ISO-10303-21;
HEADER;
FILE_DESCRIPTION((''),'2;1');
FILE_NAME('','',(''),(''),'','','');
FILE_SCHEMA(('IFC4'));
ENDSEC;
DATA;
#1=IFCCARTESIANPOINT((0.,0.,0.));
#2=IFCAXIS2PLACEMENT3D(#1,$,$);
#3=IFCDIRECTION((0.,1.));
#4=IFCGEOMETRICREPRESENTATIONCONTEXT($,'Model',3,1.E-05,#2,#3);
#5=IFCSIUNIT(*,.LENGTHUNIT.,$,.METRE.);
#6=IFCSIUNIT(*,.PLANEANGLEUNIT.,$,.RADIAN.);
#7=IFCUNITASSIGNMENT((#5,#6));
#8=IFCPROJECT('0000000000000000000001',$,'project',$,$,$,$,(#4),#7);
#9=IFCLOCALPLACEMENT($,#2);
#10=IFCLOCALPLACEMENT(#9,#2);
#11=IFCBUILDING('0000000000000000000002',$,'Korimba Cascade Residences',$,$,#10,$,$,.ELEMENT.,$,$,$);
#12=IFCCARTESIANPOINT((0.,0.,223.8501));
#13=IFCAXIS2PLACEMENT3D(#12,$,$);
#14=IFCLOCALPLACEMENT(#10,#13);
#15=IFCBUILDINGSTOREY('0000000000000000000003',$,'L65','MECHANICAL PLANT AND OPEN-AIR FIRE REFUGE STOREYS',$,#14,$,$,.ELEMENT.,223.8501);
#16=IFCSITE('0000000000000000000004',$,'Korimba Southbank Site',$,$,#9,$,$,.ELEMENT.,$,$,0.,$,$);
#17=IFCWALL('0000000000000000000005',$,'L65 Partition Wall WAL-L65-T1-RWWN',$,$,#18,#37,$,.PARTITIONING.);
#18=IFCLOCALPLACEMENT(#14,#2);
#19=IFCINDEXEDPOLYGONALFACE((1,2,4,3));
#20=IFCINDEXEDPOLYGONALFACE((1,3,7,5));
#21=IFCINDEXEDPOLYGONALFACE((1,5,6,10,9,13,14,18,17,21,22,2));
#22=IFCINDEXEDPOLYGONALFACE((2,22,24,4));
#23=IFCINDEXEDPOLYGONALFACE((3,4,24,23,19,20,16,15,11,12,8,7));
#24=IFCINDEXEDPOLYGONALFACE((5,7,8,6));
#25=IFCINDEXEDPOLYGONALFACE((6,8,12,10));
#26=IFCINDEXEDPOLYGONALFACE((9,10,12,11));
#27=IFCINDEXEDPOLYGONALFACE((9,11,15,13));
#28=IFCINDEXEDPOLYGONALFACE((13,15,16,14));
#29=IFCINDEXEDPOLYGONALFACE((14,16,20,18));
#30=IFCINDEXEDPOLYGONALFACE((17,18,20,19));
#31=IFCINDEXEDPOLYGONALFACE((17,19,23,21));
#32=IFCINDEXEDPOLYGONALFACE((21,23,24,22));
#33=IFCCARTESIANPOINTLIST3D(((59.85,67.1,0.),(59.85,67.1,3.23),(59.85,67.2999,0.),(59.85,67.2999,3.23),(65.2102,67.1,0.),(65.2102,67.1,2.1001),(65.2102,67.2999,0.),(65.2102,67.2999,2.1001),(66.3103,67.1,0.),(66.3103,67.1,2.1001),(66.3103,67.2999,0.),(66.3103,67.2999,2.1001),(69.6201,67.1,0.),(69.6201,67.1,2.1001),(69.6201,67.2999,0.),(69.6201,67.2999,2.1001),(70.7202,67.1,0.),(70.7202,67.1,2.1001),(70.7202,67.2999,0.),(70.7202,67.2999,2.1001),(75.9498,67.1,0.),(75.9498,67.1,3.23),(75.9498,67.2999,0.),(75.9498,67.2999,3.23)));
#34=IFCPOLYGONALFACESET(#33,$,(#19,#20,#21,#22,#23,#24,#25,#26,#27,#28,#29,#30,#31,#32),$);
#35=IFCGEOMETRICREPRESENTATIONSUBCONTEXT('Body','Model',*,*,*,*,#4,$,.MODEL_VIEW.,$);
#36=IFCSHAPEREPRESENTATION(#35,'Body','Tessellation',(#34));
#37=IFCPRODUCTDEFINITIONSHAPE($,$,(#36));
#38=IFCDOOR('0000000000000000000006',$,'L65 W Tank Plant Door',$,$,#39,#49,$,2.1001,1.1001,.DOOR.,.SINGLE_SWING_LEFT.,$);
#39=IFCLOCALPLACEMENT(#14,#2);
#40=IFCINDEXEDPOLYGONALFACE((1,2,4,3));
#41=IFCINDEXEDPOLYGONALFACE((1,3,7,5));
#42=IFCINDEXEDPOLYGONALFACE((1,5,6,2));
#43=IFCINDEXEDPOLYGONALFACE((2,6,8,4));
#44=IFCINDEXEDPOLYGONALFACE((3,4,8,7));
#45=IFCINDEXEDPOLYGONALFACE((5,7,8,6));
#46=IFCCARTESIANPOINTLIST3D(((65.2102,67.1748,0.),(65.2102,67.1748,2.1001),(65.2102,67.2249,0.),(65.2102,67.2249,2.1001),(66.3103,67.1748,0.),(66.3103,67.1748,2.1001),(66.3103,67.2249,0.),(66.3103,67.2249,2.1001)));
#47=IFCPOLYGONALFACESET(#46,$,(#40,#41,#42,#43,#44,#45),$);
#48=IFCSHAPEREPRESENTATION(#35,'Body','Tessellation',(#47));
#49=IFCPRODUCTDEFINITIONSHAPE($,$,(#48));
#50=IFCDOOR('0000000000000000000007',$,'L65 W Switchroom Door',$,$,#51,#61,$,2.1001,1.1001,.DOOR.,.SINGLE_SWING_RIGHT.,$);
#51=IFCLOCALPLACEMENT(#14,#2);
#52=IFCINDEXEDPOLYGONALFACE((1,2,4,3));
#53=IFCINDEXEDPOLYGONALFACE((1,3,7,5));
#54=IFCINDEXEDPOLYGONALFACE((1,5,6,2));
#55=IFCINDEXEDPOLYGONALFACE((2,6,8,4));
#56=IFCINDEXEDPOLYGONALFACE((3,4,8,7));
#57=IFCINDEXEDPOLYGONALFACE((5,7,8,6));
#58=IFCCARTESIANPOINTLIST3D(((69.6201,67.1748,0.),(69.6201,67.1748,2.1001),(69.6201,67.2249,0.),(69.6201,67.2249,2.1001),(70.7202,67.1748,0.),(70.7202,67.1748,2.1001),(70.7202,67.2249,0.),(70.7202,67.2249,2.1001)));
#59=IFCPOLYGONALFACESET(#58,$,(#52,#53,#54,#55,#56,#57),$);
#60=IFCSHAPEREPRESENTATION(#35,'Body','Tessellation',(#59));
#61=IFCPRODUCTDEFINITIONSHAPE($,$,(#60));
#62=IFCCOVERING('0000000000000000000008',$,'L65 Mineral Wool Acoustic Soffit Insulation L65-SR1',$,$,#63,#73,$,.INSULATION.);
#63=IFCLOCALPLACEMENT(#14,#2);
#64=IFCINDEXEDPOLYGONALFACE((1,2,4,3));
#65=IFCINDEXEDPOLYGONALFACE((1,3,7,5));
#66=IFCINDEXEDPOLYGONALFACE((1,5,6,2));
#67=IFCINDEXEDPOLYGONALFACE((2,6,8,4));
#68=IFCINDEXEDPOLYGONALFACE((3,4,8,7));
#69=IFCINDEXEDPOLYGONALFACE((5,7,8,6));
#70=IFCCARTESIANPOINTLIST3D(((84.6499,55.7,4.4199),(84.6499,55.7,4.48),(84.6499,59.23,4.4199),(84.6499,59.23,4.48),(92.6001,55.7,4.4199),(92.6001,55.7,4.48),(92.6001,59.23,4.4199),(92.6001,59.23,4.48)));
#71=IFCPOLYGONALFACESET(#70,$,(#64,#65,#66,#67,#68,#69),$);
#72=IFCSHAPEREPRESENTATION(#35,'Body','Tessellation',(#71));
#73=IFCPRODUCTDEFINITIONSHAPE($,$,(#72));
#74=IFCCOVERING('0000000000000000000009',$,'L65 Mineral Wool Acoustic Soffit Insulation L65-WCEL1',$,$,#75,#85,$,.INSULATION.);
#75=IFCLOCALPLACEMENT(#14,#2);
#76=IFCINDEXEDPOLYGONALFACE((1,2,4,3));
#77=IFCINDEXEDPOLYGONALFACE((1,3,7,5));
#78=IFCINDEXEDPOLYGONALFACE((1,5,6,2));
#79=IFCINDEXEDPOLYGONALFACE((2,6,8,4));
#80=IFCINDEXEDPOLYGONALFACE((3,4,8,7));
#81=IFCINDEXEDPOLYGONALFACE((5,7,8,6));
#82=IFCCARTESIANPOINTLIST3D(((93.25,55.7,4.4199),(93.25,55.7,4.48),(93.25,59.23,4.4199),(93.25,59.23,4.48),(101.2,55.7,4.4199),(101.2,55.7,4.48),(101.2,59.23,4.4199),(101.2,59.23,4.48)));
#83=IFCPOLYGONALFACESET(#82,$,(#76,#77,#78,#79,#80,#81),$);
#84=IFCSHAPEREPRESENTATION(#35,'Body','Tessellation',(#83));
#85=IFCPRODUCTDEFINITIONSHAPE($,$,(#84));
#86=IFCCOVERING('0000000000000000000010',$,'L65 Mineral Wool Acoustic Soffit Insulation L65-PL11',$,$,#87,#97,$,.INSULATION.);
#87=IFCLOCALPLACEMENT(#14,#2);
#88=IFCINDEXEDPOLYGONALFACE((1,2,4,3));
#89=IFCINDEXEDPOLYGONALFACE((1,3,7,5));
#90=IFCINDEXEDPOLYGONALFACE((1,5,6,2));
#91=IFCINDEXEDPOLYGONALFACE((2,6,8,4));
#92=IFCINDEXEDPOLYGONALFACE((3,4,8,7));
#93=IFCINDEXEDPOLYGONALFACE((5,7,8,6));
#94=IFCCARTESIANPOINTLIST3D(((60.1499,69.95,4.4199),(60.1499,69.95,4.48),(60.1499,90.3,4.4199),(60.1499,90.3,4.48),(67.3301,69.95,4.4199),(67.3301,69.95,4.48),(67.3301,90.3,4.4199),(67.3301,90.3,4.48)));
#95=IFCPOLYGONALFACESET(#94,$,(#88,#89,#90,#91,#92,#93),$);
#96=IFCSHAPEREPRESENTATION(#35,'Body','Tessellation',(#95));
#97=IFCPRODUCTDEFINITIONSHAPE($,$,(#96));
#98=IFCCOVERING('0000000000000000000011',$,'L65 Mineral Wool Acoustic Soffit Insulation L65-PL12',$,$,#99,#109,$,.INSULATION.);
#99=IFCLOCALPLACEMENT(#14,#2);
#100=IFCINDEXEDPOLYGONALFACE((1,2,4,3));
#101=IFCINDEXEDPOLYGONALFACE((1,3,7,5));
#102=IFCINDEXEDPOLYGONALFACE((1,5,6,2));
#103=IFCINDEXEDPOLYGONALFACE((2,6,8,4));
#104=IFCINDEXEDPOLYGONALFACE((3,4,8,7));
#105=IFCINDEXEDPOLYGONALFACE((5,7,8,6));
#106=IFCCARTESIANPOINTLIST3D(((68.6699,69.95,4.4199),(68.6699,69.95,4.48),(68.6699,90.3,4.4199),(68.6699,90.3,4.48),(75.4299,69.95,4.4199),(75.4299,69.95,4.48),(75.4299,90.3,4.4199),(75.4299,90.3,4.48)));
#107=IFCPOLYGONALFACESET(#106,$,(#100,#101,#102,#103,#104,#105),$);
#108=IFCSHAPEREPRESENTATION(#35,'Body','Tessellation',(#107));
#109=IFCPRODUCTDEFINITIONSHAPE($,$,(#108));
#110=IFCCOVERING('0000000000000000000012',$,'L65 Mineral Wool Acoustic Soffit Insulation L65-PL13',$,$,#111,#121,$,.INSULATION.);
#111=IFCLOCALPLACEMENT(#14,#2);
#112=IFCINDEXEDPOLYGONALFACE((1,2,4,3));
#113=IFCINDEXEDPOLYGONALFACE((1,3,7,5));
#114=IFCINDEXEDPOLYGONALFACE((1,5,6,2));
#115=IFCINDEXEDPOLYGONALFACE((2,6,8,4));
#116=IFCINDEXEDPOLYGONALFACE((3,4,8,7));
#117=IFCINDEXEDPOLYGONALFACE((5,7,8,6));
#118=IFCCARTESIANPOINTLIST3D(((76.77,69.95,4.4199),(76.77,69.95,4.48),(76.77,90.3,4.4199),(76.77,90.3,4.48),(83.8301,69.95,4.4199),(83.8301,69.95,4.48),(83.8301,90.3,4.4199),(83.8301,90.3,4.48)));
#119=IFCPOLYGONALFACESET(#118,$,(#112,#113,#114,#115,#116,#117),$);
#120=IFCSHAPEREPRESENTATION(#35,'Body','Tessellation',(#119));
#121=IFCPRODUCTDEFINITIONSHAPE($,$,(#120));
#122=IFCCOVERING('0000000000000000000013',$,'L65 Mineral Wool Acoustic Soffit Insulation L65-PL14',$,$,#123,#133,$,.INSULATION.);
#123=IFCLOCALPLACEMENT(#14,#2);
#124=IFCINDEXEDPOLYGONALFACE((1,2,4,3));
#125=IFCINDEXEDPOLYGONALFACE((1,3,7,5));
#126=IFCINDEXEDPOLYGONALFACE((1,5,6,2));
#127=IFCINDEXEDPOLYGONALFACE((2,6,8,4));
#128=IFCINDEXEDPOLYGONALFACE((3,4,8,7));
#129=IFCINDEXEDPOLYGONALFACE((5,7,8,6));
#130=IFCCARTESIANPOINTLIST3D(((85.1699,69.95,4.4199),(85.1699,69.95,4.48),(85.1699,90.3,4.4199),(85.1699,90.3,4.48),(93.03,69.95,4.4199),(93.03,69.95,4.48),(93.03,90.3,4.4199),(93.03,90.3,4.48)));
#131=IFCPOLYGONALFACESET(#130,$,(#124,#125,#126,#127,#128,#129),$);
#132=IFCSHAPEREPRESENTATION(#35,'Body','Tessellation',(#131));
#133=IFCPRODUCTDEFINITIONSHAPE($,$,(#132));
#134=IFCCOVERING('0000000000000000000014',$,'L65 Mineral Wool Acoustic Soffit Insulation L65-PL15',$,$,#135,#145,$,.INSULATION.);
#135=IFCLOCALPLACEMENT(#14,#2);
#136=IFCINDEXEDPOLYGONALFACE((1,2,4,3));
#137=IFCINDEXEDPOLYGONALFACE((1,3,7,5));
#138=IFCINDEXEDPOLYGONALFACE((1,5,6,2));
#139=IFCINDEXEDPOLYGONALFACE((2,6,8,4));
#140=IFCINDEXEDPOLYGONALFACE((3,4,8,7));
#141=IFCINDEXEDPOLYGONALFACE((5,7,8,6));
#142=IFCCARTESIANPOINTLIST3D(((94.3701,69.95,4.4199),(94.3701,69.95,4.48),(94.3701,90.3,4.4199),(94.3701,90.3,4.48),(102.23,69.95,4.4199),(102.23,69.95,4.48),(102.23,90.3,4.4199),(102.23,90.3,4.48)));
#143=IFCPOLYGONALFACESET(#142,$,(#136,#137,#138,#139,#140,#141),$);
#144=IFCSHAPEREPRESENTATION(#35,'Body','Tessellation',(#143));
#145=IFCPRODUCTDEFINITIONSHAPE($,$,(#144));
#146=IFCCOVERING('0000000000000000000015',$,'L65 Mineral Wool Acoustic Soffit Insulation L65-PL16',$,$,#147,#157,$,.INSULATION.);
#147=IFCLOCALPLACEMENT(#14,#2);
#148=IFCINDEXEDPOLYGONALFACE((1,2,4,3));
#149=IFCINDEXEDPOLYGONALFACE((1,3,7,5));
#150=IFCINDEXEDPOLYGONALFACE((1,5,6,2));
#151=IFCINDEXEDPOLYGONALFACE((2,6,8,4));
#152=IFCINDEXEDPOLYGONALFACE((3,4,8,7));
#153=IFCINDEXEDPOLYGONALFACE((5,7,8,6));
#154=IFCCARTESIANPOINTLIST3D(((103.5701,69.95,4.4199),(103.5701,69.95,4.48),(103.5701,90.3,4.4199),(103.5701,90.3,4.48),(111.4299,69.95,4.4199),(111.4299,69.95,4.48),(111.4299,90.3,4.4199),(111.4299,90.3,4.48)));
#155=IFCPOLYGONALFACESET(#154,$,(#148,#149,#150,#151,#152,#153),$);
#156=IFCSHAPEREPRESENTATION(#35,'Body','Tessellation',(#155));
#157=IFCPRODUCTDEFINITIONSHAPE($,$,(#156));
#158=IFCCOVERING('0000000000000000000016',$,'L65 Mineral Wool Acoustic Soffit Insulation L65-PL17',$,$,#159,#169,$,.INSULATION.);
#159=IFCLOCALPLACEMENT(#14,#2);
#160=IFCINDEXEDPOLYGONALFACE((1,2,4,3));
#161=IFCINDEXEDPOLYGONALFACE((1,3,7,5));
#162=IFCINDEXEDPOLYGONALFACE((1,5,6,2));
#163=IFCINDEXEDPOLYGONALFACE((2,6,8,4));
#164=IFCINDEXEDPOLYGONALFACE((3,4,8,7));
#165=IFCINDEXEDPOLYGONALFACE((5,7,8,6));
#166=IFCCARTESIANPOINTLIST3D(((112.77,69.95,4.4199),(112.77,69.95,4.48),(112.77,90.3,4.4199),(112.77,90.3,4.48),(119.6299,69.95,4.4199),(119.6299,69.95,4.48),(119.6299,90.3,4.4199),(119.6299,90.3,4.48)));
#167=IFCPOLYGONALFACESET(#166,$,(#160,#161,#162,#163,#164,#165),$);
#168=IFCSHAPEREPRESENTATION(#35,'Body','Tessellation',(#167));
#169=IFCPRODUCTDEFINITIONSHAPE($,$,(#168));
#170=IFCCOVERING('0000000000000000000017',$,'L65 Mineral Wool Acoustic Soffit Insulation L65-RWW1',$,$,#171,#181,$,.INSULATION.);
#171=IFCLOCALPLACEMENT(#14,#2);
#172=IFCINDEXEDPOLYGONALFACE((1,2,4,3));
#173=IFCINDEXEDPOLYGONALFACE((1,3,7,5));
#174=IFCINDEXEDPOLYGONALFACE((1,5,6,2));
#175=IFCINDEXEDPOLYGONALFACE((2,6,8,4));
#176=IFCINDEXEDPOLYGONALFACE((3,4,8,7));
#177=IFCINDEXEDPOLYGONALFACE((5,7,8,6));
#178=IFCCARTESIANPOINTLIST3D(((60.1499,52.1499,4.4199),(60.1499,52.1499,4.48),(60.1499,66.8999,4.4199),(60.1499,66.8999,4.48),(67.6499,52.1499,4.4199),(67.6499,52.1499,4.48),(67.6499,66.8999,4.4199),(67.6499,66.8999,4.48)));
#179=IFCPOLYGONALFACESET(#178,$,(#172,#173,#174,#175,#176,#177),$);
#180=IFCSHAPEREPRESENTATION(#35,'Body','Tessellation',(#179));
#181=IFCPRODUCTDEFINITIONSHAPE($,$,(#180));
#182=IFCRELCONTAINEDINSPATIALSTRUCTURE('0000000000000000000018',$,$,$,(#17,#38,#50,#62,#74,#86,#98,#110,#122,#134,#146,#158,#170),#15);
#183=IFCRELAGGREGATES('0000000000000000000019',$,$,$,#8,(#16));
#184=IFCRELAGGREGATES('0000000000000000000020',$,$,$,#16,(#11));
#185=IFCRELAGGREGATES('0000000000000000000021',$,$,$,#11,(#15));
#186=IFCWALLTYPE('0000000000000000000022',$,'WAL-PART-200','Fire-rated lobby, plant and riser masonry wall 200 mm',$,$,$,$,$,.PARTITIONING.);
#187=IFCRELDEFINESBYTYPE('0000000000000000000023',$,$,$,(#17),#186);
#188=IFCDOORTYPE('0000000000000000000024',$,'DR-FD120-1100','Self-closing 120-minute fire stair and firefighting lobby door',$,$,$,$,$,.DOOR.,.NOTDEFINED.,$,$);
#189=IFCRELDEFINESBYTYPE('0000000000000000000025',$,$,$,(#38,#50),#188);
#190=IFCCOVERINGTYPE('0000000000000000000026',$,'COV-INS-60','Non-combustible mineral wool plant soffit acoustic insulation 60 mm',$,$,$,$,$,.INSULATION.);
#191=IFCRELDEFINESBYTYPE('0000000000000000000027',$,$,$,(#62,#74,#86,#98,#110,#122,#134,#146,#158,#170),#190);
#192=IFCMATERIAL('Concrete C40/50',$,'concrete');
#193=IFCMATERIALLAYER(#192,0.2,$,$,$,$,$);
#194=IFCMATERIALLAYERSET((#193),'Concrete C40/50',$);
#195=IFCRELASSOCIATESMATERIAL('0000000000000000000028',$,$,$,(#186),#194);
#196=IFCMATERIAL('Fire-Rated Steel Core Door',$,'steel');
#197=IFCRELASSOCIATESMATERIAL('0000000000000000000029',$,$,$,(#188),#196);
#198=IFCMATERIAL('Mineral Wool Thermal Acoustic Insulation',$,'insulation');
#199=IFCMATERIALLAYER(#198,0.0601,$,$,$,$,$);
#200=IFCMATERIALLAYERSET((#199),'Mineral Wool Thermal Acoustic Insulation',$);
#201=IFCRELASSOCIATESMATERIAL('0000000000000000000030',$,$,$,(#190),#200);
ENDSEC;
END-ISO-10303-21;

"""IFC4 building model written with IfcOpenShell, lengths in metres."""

from ifc_helpers import new_model, si_unit, direction, frame, frame_2d, origin, place, context, subcontext, project, spatial, polyline, rectangle, outline, extrude, material, layer, layer_set, type_object, element, fill, save


model = new_model("IFC4")

# Units and contexts
model_context = context("Model", 3, precision=1e-05, world=origin(), true_north=direction((0.0, 1.0)))
body_context = subcontext(model_context, "Body", "Model", "MODEL_VIEW")
ifc_project = project(units=[si_unit("LENGTHUNIT", "METRE"), si_unit("PLANEANGLEUNIT", "RADIAN")], contexts=[model_context])

# Site, building, storey
site_placement = place(None, origin())
site = spatial("IfcSite", under=ifc_project, at=site_placement, Name="Korimba Southbank Site", CompositionType="ELEMENT", RefElevation=0.0)
building_placement = place(site_placement, origin())
building = spatial("IfcBuilding", under=site, at=building_placement, Name="Korimba Cascade Residences", CompositionType="ELEMENT")
storey_placement = place(building_placement, frame((0.0, 0.0, 223.8501)))
storey = spatial("IfcBuildingStorey", under=building, at=storey_placement, Name="L65", Description="MECHANICAL PLANT AND OPEN-AIR FIRE REFUGE STOREYS", CompositionType="ELEMENT", Elevation=223.8501)

# Shared definitions
ifc_material_1 = material(Name="Concrete C40/50", Category="concrete")
ifc_layer_1 = layer(ifc_material_1, 0.2)
ifc_layer_set_1 = layer_set([ifc_layer_1], Name="Concrete C40/50")
wall_type_1 = type_object("IfcWallType", Name="WAL-PART-200", Description="Fire-rated lobby, plant and riser masonry wall 200 mm", PredefinedType="PARTITIONING", material=ifc_layer_set_1)

# Wall, openings, doors
wall_1_placement = place(storey_placement, frame((59.8501, 67.2, 0.0), z_axis=(0.0, 0.0, 1.0), x_axis=(1.0, 0.0, 0.0)))
wall_1 = element("IfcWall", 1, at=wall_1_placement, inside=storey, type_object=wall_type_1, Name="L65 Partition Wall WAL-L65-T1-RWWN", PredefinedType="PARTITIONING", context=body_context, shape_type="SweptSolid", body=[
    extrude(rectangle(XDim=16.0999, YDim=0.2, at=frame_2d((8.0498, 0.0))), origin(), (0.0, 0.0, 1.0), 3.23),
])
opening_1_placement = place(wall_1_placement, frame((5.3601, 0.0, 0.0)))
opening_1 = element("IfcOpeningElement", 2, at=opening_1_placement, cuts=wall_1, PredefinedType="OPENING", context=body_context, shape_type="SweptSolid", body=[
    extrude(rectangle(XDim=1.1001, YDim=2.1001, at=frame_2d((0.55, 1.05))), frame((0.0, 0.1099, 0.0), z_axis=(0.0, -1.0, 0.0), x_axis=(1.0, 0.0, 0.0)), (0.0, 0.0, 1.0), 0.22),
])
opening_2_placement = place(wall_1_placement, frame((9.77, 0.0, 0.0)))
opening_2 = element("IfcOpeningElement", 3, at=opening_2_placement, cuts=wall_1, PredefinedType="OPENING", context=body_context, shape_type="SweptSolid", body=[
    extrude(rectangle(XDim=1.1001, YDim=2.1001, at=frame_2d((0.55, 1.05))), frame((0.0, 0.1099, 0.0), z_axis=(0.0, -1.0, 0.0), x_axis=(1.0, 0.0, 0.0)), (0.0, 0.0, 1.0), 0.22),
])
ifc_material_2 = material(Name="Fire-Rated Steel Core Door", Category="steel")
door_type = type_object("IfcDoorType", Name="DR-FD120-1100", Description="Self-closing 120-minute fire stair and firefighting lobby door", OperationType="NOTDEFINED", PredefinedType="DOOR", material=ifc_material_2)
door_1_placement = place(opening_1_placement, origin())
door_1 = element("IfcDoor", 4, at=door_1_placement, inside=storey, type_object=door_type, Name="L65 W Tank Plant Door", OperationType="SINGLE_SWING_LEFT", OverallHeight=2.1001, OverallWidth=1.1001, PredefinedType="DOOR", context=body_context, shape_type="SweptSolid", body=[
    extrude(rectangle(XDim=1.1001, YDim=2.1001, at=frame_2d((0.55, 1.05))), frame((0.0, 0.0249, 0.0), z_axis=(0.0, -1.0, 0.0), x_axis=(1.0, 0.0, 0.0)), (0.0, 0.0, 1.0), 0.05),
])
fill(opening_1, door_1)
door_2_placement = place(opening_2_placement, origin())
door_2 = element("IfcDoor", 5, at=door_2_placement, inside=storey, type_object=door_type, Name="L65 W Switchroom Door", OperationType="SINGLE_SWING_RIGHT", OverallHeight=2.1001, OverallWidth=1.1001, PredefinedType="DOOR", context=body_context, shape_type="SweptSolid", body=[
    extrude(rectangle(XDim=1.1001, YDim=2.1001, at=frame_2d((0.55, 1.05))), frame((0.0, 0.0249, 0.0), z_axis=(0.0, -1.0, 0.0), x_axis=(1.0, 0.0, 0.0)), (0.0, 0.0, 1.0), 0.05),
])
fill(opening_2, door_2)

# Coverings
ifc_material_3 = material(Name="Mineral Wool Thermal Acoustic Insulation", Category="insulation")
ifc_layer_2 = layer(ifc_material_3, 0.0601)
ifc_layer_set_2 = layer_set([ifc_layer_2], Name="Mineral Wool Thermal Acoustic Insulation")
covering_type = type_object("IfcCoveringType", Name="COV-INS-60", Description="Non-combustible mineral wool plant soffit acoustic insulation 60 mm", PredefinedType="INSULATION", material=ifc_layer_set_2)
covering_1_placement = place(storey_placement, frame((0.0, 0.0, 4.4199)))
element("IfcCovering", 6, at=covering_1_placement, inside=storey, type_object=covering_type, Name="L65 Mineral Wool Acoustic Soffit Insulation L65-SR1", PredefinedType="INSULATION", context=body_context, shape_type="SweptSolid", body=[
    extrude(outline(polyline([(84.6499, 55.7), (92.6001, 55.7), (92.6001, 59.23), (84.6499, 59.23), (84.6499, 55.7)])), origin(), (0.0, 0.0, 1.0), 0.0601),
])
covering_2_placement = place(storey_placement, frame((0.0, 0.0, 4.4199)))
element("IfcCovering", 7, at=covering_2_placement, inside=storey, type_object=covering_type, Name="L65 Mineral Wool Acoustic Soffit Insulation L65-WCEL1", PredefinedType="INSULATION", context=body_context, shape_type="SweptSolid", body=[
    extrude(outline(polyline([(93.25, 55.7), (101.2, 55.7), (101.2, 59.23), (93.25, 59.23), (93.25, 55.7)])), origin(), (0.0, 0.0, 1.0), 0.0601),
])
covering_3_placement = place(storey_placement, frame((0.0, 0.0, 4.4199)))
element("IfcCovering", 8, at=covering_3_placement, inside=storey, type_object=covering_type, Name="L65 Mineral Wool Acoustic Soffit Insulation L65-PL11", PredefinedType="INSULATION", context=body_context, shape_type="SweptSolid", body=[
    extrude(outline(polyline([(60.1499, 69.95), (67.3301, 69.95), (67.3301, 90.3), (60.1499, 90.3), (60.1499, 69.95)])), origin(), (0.0, 0.0, 1.0), 0.0601),
])
covering_4_placement = place(storey_placement, frame((0.0, 0.0, 4.4199)))
element("IfcCovering", 9, at=covering_4_placement, inside=storey, type_object=covering_type, Name="L65 Mineral Wool Acoustic Soffit Insulation L65-PL12", PredefinedType="INSULATION", context=body_context, shape_type="SweptSolid", body=[
    extrude(outline(polyline([(68.6699, 69.95), (75.4299, 69.95), (75.4299, 90.3), (68.6699, 90.3), (68.6699, 69.95)])), origin(), (0.0, 0.0, 1.0), 0.0601),
])
covering_5_placement = place(storey_placement, frame((0.0, 0.0, 4.4199)))
element("IfcCovering", 10, at=covering_5_placement, inside=storey, type_object=covering_type, Name="L65 Mineral Wool Acoustic Soffit Insulation L65-PL13", PredefinedType="INSULATION", context=body_context, shape_type="SweptSolid", body=[
    extrude(outline(polyline([(76.77, 69.95), (83.8301, 69.95), (83.8301, 90.3), (76.77, 90.3), (76.77, 69.95)])), origin(), (0.0, 0.0, 1.0), 0.0601),
])
covering_6_placement = place(storey_placement, frame((0.0, 0.0, 4.4199)))
element("IfcCovering", 11, at=covering_6_placement, inside=storey, type_object=covering_type, Name="L65 Mineral Wool Acoustic Soffit Insulation L65-PL14", PredefinedType="INSULATION", context=body_context, shape_type="SweptSolid", body=[
    extrude(outline(polyline([(85.1699, 69.95), (93.03, 69.95), (93.03, 90.3), (85.1699, 90.3), (85.1699, 69.95)])), origin(), (0.0, 0.0, 1.0), 0.0601),
])
covering_7_placement = place(storey_placement, frame((0.0, 0.0, 4.4199)))
element("IfcCovering", 12, at=covering_7_placement, inside=storey, type_object=covering_type, Name="L65 Mineral Wool Acoustic Soffit Insulation L65-PL15", PredefinedType="INSULATION", context=body_context, shape_type="SweptSolid", body=[
    extrude(outline(polyline([(94.3701, 69.95), (102.23, 69.95), (102.23, 90.3), (94.3701, 90.3), (94.3701, 69.95)])), origin(), (0.0, 0.0, 1.0), 0.0601),
])
covering_8_placement = place(storey_placement, frame((0.0, 0.0, 4.4199)))
element("IfcCovering", 13, at=covering_8_placement, inside=storey, type_object=covering_type, Name="L65 Mineral Wool Acoustic Soffit Insulation L65-PL16", PredefinedType="INSULATION", context=body_context, shape_type="SweptSolid", body=[
    extrude(outline(polyline([(103.5701, 69.95), (111.4299, 69.95), (111.4299, 90.3), (103.5701, 90.3), (103.5701, 69.95)])), origin(), (0.0, 0.0, 1.0), 0.0601),
])
covering_9_placement = place(storey_placement, frame((0.0, 0.0, 4.4199)))
element("IfcCovering", 14, at=covering_9_placement, inside=storey, type_object=covering_type, Name="L65 Mineral Wool Acoustic Soffit Insulation L65-PL17", PredefinedType="INSULATION", context=body_context, shape_type="SweptSolid", body=[
    extrude(outline(polyline([(112.77, 69.95), (119.6299, 69.95), (119.6299, 90.3), (112.77, 90.3), (112.77, 69.95)])), origin(), (0.0, 0.0, 1.0), 0.0601),
])
covering_10_placement = place(storey_placement, frame((0.0, 0.0, 4.4199)))
element("IfcCovering", 15, at=covering_10_placement, inside=storey, type_object=covering_type, Name="L65 Mineral Wool Acoustic Soffit Insulation L65-RWW1", PredefinedType="INSULATION", context=body_context, shape_type="SweptSolid", body=[
    extrude(outline(polyline([(60.1499, 52.1499), (67.6499, 52.1499), (67.6499, 66.8999), (60.1499, 66.8999), (60.1499, 52.1499)])), origin(), (0.0, 0.0, 1.0), 0.0601),
])

save(model, "model.ifc")
